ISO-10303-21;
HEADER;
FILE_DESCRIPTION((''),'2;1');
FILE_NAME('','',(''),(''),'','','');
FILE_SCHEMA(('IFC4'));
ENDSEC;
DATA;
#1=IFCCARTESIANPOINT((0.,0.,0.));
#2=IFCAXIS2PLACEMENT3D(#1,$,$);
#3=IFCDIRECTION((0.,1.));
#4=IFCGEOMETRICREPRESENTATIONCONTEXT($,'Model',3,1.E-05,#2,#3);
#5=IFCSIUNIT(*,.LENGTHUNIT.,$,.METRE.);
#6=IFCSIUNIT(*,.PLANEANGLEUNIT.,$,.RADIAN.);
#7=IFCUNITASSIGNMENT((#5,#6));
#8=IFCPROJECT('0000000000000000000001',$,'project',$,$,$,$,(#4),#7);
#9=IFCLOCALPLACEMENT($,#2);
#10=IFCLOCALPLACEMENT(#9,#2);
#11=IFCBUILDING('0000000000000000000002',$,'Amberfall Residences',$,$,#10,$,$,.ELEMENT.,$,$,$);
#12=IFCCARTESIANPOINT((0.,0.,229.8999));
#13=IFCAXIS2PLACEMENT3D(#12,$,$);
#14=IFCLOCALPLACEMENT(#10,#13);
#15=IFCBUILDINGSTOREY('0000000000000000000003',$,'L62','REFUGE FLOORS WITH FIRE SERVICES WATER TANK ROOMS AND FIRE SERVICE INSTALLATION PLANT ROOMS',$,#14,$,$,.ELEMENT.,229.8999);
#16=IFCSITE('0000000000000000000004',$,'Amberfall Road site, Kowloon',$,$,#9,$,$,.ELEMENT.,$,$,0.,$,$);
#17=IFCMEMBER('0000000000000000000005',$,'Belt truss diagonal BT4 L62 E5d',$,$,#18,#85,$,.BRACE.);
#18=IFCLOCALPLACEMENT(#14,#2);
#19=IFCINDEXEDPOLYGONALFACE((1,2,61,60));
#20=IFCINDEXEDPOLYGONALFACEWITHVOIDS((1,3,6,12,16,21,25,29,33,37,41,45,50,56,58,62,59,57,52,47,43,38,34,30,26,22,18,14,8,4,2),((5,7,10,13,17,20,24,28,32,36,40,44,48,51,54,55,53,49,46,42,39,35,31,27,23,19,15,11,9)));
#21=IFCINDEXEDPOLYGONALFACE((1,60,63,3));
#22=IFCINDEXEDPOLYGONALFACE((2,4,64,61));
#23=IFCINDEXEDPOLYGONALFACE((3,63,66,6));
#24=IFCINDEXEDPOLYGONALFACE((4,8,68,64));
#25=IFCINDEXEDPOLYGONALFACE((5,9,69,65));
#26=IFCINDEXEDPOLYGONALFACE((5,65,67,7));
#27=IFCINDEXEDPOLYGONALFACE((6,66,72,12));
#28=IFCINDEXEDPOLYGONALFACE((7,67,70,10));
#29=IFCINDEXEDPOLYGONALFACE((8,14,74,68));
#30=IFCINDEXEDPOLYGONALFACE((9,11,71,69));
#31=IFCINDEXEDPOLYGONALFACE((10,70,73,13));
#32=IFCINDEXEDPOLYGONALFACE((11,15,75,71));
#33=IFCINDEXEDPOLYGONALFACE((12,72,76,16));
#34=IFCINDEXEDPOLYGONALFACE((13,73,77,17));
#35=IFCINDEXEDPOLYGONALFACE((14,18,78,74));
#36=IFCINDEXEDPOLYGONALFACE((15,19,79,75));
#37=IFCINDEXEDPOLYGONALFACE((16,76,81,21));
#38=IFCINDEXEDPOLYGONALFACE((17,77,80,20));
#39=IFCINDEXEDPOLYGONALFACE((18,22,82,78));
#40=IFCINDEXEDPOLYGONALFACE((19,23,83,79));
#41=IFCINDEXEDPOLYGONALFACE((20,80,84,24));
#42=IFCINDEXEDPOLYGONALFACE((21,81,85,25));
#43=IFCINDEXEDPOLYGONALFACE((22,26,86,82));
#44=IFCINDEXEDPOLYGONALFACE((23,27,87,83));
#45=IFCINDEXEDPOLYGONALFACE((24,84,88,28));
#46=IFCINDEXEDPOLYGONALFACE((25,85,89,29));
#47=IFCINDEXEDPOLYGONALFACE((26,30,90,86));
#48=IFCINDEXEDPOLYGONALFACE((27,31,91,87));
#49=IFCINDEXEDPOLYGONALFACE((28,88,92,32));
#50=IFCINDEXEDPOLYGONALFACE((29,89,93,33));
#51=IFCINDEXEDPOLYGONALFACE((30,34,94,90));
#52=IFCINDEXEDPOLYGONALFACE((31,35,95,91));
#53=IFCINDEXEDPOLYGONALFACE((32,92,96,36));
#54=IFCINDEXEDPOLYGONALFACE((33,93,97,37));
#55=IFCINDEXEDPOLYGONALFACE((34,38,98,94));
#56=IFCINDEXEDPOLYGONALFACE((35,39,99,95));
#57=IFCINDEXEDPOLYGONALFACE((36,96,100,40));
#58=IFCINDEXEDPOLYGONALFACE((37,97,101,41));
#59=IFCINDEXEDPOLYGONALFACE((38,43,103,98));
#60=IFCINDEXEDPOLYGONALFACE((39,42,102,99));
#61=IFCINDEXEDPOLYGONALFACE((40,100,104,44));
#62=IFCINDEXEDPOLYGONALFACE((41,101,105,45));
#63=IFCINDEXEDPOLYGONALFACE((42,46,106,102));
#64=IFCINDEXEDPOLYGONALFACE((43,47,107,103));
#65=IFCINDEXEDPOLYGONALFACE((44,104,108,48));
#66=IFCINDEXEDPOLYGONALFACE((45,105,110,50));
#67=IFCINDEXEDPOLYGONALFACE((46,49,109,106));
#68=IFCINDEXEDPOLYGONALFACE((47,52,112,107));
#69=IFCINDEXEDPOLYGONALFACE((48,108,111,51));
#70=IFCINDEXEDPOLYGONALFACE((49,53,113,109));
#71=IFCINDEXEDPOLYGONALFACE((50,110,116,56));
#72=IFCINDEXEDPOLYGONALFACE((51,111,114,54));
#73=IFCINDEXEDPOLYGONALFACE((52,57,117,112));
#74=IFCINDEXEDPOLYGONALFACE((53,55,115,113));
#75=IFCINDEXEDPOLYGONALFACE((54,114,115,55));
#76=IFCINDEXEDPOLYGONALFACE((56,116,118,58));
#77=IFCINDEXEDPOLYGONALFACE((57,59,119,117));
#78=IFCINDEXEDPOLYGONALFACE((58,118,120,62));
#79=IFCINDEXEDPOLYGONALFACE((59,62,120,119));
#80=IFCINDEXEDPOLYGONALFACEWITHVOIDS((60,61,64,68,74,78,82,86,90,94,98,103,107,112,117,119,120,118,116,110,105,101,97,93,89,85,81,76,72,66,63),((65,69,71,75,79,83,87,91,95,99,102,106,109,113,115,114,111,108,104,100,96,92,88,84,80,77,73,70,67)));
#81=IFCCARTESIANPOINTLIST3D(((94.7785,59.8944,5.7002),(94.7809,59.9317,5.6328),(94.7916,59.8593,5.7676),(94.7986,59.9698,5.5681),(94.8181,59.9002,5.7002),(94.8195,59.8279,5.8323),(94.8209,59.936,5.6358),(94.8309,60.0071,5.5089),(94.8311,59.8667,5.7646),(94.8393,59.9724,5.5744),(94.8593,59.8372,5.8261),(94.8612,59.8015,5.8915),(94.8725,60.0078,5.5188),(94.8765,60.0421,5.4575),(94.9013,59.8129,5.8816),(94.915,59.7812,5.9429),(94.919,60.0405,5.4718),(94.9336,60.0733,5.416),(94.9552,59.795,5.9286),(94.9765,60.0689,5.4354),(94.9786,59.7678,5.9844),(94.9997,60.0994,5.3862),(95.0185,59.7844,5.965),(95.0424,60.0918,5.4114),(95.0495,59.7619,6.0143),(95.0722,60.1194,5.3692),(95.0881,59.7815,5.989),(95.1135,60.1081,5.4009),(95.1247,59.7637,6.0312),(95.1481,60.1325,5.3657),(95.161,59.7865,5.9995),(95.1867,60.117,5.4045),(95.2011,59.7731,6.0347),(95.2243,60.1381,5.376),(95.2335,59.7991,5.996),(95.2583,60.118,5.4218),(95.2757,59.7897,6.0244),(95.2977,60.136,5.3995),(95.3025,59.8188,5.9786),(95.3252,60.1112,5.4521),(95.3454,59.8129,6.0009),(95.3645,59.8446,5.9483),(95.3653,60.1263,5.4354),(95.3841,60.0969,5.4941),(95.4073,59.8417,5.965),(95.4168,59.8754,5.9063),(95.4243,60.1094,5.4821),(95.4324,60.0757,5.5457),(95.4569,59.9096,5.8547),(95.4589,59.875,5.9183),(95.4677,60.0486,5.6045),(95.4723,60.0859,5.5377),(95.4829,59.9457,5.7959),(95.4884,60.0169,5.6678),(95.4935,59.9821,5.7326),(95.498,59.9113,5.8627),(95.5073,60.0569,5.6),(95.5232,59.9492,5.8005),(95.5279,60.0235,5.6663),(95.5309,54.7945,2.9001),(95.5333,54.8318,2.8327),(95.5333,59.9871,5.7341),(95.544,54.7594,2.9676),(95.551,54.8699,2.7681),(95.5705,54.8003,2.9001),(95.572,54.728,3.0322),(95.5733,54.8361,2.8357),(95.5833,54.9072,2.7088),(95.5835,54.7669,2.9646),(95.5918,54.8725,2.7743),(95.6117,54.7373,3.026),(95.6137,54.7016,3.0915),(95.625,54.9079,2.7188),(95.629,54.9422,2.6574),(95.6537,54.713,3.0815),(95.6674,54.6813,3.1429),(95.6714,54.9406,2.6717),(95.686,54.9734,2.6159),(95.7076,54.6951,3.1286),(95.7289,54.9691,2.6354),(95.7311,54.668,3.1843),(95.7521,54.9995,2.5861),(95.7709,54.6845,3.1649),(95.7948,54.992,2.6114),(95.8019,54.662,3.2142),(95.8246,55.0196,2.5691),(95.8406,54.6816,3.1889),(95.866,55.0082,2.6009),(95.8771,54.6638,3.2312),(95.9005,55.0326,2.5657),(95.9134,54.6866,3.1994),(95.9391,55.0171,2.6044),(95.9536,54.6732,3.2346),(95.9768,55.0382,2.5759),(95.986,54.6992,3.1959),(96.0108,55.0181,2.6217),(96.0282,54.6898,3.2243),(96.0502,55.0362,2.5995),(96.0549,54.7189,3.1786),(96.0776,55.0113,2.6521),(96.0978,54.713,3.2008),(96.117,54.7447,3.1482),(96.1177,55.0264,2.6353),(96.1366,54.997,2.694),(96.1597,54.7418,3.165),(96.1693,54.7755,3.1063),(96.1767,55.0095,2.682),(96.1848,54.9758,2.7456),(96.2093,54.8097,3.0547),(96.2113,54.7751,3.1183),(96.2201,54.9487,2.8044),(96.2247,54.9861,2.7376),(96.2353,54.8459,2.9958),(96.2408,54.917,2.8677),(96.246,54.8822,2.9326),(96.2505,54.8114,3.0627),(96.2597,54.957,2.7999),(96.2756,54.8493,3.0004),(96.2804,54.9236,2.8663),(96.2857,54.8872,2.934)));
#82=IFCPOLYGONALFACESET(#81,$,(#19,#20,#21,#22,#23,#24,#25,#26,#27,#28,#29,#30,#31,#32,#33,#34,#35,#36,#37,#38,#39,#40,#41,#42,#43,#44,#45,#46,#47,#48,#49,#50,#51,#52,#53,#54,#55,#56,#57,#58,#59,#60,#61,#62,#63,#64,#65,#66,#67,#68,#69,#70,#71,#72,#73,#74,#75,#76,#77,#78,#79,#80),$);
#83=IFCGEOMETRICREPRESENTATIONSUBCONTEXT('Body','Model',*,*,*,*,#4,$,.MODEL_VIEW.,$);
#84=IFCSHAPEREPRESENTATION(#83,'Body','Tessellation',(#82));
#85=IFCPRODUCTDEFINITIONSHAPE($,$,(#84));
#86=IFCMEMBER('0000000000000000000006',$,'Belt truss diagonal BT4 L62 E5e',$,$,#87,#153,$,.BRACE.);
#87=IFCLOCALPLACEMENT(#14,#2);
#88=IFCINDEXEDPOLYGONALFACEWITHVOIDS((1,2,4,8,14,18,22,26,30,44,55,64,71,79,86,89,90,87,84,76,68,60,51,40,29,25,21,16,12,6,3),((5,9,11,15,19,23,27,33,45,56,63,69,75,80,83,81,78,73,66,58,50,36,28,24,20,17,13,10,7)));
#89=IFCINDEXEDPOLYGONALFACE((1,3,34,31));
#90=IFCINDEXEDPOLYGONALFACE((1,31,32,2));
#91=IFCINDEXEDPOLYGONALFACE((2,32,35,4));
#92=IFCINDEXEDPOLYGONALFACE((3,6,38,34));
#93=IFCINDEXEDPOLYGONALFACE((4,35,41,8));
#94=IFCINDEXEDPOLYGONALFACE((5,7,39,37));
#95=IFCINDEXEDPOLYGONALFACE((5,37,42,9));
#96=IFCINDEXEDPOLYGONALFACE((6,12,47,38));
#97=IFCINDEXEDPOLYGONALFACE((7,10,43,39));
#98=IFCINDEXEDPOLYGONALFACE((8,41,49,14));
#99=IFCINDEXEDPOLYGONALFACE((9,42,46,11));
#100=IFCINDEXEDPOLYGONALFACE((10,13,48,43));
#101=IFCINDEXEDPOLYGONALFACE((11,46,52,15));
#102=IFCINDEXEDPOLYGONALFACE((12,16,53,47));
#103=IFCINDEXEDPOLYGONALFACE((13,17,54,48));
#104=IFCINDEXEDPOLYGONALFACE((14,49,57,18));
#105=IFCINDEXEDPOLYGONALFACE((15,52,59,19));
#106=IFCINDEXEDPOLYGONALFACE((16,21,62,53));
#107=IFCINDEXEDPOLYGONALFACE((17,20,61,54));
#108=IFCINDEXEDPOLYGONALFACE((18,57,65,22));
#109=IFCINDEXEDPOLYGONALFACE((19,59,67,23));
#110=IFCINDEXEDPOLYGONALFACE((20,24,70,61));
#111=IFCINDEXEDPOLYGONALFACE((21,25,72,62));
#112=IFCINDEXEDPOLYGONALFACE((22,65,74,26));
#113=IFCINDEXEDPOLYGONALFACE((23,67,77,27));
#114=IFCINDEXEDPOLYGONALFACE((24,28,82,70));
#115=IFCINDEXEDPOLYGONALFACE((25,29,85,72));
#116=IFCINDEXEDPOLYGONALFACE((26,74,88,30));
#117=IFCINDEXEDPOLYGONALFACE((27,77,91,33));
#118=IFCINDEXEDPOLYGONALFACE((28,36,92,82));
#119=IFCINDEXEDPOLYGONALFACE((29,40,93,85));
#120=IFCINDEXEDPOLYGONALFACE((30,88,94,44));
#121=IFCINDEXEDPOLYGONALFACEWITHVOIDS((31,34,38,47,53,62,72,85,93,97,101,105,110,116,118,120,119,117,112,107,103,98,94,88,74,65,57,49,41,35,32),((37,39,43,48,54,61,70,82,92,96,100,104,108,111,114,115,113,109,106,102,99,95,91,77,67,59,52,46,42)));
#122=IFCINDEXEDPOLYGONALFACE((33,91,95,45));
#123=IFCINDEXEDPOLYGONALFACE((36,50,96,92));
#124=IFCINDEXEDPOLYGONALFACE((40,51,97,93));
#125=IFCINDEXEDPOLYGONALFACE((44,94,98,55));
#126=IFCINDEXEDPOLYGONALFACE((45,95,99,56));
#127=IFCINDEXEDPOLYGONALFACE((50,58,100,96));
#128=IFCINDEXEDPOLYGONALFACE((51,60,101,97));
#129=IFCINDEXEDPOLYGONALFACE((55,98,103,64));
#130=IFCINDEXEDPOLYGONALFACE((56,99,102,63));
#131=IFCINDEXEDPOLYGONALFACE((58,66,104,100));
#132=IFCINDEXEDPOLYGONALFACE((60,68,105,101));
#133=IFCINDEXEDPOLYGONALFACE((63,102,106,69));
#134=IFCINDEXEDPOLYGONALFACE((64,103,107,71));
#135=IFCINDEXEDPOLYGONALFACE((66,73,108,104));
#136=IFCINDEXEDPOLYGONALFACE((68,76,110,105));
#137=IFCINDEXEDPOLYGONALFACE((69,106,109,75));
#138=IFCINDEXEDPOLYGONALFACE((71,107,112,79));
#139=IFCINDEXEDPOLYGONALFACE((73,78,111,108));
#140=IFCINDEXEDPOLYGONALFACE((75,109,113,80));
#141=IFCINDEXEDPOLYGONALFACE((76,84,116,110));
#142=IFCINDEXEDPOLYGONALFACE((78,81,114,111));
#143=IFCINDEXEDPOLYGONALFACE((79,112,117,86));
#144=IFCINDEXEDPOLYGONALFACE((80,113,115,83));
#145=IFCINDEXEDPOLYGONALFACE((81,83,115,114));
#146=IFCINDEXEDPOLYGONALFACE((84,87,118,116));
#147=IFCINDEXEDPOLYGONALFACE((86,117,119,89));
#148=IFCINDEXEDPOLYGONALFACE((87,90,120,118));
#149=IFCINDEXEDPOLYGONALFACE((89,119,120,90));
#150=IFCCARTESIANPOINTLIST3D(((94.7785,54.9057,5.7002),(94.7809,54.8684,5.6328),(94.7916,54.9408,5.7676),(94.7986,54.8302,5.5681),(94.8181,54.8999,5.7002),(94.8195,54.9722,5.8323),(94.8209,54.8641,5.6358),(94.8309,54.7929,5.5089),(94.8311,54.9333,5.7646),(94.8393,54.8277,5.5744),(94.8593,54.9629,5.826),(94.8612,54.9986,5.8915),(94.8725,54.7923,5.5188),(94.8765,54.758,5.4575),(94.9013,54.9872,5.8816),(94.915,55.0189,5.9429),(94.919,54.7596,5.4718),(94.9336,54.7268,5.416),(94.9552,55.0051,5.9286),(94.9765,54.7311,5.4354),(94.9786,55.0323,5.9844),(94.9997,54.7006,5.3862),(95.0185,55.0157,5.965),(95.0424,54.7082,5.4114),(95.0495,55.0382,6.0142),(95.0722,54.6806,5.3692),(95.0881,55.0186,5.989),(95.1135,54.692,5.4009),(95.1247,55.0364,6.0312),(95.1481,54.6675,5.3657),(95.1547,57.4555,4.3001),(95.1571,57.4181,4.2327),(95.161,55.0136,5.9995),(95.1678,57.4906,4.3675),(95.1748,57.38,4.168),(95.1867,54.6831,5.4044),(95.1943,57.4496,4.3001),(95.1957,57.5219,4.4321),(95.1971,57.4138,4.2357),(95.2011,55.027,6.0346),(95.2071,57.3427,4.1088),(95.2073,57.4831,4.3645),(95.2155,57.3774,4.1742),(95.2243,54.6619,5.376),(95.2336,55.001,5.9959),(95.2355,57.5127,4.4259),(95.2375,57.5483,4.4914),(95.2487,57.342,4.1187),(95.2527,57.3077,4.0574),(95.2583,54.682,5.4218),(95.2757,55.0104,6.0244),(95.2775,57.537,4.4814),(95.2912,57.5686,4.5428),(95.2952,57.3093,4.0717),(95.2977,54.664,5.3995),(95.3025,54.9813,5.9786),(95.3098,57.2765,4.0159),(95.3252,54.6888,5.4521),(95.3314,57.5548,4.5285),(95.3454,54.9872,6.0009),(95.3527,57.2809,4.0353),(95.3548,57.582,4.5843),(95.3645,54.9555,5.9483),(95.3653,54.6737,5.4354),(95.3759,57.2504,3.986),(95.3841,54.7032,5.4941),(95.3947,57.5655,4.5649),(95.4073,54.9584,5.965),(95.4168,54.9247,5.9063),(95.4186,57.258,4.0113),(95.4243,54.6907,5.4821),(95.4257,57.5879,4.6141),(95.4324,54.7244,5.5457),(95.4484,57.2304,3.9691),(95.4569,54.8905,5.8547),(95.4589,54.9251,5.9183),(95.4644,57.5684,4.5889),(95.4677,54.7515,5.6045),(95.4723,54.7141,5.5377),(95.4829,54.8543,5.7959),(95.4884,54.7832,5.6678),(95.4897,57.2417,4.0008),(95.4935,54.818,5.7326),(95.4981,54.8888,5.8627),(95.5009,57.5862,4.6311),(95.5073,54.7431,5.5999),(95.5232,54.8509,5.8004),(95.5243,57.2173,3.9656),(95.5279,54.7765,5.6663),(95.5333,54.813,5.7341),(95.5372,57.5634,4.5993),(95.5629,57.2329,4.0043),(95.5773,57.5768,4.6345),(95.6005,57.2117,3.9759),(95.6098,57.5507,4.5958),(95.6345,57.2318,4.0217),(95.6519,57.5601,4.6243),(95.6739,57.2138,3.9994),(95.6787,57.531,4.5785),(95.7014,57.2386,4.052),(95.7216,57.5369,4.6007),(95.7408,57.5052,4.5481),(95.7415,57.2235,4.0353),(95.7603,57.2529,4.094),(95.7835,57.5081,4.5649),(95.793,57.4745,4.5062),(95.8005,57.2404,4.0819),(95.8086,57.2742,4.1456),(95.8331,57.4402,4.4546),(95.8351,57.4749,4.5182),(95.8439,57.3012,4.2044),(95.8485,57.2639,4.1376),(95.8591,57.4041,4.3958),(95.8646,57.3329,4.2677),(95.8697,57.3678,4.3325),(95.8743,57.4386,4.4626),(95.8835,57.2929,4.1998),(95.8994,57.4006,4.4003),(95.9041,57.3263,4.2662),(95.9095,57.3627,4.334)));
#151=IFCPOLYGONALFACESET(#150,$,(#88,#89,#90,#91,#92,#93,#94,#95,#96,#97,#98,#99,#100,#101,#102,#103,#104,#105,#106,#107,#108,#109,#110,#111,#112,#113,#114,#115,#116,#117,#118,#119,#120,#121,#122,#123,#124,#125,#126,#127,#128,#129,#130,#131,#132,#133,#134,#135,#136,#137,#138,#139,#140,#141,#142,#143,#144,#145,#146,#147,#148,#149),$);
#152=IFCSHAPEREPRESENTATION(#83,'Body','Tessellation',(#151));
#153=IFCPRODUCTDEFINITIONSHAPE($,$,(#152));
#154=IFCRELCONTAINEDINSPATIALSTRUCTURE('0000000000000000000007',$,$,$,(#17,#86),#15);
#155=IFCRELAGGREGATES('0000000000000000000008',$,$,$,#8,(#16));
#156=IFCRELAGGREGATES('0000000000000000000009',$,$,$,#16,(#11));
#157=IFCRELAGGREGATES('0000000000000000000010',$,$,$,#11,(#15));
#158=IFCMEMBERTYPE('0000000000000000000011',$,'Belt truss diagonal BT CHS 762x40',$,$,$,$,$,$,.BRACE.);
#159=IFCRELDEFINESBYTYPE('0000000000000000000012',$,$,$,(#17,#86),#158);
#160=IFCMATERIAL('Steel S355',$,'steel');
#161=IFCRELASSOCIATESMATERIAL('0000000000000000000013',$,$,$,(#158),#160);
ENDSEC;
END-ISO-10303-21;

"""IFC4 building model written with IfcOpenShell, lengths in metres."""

from ifc_helpers import new_model, si_unit, direction, frame, origin, origin_2d, place, context, subcontext, project, spatial, hollow_circle, extrude, material, material_profile, profile_set, type_object, element, save


model = new_model("IFC4")

# Units and contexts
model_context = context("Model", 3, precision=1e-05, world=origin(), true_north=direction((0.0, 1.0)))
body_context = subcontext(model_context, "Body", "Model", "MODEL_VIEW")
ifc_project = project(units=[si_unit("LENGTHUNIT", "METRE"), si_unit("PLANEANGLEUNIT", "RADIAN")], contexts=[model_context])

# Site, building, storey
site_placement = place(None, origin())
site = spatial("IfcSite", under=ifc_project, at=site_placement, Name="Amberfall Road site, Kowloon", CompositionType="ELEMENT", RefElevation=0.0)
building_placement = place(site_placement, origin())
building = spatial("IfcBuilding", under=site, at=building_placement, Name="Amberfall Residences", CompositionType="ELEMENT")
storey_placement = place(building_placement, frame((0.0, 0.0, 229.8999)))
storey = spatial("IfcBuildingStorey", under=building, at=storey_placement, Name="L62", Description="REFUGE FLOORS WITH FIRE SERVICES WATER TANK ROOMS AND FIRE SERVICE INSTALLATION PLANT ROOMS", CompositionType="ELEMENT", Elevation=229.8999)

# Shared definitions
ifc_material_1 = material(Name="Steel S355", Category="steel")

# Members
ifc_material_profile_1 = material_profile(ifc_material_1, hollow_circle(Radius=0.3811, WallThickness=0.04, at=origin_2d()), Name="CHS 762x40")
ifc_profile_set_1 = profile_set([ifc_material_profile_1], Name="Steel S355")
member_type = type_object("IfcMemberType", Name="Belt truss diagonal BT CHS 762x40", PredefinedType="BRACE", material=ifc_profile_set_1)
member_1_placement = place(storey_placement, frame((95.908, 54.8501, 2.9001), z_axis=(-0.128262, 0.869329, 0.477301), x_axis=(-0.98929, -0.145962, 0.0)))
element("IfcMember", 1, at=member_1_placement, inside=storey, type_object=member_type, Name="Belt truss diagonal BT4 L62 E5d", PredefinedType="BRACE", context=body_context, shape_type="SweptSolid", body=[
    extrude(hollow_circle(Radius=0.3811, WallThickness=0.04, at=origin_2d()), origin(), (0.0, 0.0, 1.0), 5.8665),
])
member_2_placement = place(storey_placement, frame((95.1555, 54.8501, 5.7002), z_axis=(0.128264, 0.869302, -0.47735), x_axis=(-0.989289, 0.145968, 0.0)))
element("IfcMember", 2, at=member_2_placement, inside=storey, type_object=member_type, Name="Belt truss diagonal BT4 L62 E5e", PredefinedType="BRACE", context=body_context, shape_type="SweptSolid", body=[
    extrude(hollow_circle(Radius=0.3811, WallThickness=0.04, at=origin_2d()), origin(), (0.0, 0.0, 1.0), 2.9331),
])

save(model, "model.ifc")
